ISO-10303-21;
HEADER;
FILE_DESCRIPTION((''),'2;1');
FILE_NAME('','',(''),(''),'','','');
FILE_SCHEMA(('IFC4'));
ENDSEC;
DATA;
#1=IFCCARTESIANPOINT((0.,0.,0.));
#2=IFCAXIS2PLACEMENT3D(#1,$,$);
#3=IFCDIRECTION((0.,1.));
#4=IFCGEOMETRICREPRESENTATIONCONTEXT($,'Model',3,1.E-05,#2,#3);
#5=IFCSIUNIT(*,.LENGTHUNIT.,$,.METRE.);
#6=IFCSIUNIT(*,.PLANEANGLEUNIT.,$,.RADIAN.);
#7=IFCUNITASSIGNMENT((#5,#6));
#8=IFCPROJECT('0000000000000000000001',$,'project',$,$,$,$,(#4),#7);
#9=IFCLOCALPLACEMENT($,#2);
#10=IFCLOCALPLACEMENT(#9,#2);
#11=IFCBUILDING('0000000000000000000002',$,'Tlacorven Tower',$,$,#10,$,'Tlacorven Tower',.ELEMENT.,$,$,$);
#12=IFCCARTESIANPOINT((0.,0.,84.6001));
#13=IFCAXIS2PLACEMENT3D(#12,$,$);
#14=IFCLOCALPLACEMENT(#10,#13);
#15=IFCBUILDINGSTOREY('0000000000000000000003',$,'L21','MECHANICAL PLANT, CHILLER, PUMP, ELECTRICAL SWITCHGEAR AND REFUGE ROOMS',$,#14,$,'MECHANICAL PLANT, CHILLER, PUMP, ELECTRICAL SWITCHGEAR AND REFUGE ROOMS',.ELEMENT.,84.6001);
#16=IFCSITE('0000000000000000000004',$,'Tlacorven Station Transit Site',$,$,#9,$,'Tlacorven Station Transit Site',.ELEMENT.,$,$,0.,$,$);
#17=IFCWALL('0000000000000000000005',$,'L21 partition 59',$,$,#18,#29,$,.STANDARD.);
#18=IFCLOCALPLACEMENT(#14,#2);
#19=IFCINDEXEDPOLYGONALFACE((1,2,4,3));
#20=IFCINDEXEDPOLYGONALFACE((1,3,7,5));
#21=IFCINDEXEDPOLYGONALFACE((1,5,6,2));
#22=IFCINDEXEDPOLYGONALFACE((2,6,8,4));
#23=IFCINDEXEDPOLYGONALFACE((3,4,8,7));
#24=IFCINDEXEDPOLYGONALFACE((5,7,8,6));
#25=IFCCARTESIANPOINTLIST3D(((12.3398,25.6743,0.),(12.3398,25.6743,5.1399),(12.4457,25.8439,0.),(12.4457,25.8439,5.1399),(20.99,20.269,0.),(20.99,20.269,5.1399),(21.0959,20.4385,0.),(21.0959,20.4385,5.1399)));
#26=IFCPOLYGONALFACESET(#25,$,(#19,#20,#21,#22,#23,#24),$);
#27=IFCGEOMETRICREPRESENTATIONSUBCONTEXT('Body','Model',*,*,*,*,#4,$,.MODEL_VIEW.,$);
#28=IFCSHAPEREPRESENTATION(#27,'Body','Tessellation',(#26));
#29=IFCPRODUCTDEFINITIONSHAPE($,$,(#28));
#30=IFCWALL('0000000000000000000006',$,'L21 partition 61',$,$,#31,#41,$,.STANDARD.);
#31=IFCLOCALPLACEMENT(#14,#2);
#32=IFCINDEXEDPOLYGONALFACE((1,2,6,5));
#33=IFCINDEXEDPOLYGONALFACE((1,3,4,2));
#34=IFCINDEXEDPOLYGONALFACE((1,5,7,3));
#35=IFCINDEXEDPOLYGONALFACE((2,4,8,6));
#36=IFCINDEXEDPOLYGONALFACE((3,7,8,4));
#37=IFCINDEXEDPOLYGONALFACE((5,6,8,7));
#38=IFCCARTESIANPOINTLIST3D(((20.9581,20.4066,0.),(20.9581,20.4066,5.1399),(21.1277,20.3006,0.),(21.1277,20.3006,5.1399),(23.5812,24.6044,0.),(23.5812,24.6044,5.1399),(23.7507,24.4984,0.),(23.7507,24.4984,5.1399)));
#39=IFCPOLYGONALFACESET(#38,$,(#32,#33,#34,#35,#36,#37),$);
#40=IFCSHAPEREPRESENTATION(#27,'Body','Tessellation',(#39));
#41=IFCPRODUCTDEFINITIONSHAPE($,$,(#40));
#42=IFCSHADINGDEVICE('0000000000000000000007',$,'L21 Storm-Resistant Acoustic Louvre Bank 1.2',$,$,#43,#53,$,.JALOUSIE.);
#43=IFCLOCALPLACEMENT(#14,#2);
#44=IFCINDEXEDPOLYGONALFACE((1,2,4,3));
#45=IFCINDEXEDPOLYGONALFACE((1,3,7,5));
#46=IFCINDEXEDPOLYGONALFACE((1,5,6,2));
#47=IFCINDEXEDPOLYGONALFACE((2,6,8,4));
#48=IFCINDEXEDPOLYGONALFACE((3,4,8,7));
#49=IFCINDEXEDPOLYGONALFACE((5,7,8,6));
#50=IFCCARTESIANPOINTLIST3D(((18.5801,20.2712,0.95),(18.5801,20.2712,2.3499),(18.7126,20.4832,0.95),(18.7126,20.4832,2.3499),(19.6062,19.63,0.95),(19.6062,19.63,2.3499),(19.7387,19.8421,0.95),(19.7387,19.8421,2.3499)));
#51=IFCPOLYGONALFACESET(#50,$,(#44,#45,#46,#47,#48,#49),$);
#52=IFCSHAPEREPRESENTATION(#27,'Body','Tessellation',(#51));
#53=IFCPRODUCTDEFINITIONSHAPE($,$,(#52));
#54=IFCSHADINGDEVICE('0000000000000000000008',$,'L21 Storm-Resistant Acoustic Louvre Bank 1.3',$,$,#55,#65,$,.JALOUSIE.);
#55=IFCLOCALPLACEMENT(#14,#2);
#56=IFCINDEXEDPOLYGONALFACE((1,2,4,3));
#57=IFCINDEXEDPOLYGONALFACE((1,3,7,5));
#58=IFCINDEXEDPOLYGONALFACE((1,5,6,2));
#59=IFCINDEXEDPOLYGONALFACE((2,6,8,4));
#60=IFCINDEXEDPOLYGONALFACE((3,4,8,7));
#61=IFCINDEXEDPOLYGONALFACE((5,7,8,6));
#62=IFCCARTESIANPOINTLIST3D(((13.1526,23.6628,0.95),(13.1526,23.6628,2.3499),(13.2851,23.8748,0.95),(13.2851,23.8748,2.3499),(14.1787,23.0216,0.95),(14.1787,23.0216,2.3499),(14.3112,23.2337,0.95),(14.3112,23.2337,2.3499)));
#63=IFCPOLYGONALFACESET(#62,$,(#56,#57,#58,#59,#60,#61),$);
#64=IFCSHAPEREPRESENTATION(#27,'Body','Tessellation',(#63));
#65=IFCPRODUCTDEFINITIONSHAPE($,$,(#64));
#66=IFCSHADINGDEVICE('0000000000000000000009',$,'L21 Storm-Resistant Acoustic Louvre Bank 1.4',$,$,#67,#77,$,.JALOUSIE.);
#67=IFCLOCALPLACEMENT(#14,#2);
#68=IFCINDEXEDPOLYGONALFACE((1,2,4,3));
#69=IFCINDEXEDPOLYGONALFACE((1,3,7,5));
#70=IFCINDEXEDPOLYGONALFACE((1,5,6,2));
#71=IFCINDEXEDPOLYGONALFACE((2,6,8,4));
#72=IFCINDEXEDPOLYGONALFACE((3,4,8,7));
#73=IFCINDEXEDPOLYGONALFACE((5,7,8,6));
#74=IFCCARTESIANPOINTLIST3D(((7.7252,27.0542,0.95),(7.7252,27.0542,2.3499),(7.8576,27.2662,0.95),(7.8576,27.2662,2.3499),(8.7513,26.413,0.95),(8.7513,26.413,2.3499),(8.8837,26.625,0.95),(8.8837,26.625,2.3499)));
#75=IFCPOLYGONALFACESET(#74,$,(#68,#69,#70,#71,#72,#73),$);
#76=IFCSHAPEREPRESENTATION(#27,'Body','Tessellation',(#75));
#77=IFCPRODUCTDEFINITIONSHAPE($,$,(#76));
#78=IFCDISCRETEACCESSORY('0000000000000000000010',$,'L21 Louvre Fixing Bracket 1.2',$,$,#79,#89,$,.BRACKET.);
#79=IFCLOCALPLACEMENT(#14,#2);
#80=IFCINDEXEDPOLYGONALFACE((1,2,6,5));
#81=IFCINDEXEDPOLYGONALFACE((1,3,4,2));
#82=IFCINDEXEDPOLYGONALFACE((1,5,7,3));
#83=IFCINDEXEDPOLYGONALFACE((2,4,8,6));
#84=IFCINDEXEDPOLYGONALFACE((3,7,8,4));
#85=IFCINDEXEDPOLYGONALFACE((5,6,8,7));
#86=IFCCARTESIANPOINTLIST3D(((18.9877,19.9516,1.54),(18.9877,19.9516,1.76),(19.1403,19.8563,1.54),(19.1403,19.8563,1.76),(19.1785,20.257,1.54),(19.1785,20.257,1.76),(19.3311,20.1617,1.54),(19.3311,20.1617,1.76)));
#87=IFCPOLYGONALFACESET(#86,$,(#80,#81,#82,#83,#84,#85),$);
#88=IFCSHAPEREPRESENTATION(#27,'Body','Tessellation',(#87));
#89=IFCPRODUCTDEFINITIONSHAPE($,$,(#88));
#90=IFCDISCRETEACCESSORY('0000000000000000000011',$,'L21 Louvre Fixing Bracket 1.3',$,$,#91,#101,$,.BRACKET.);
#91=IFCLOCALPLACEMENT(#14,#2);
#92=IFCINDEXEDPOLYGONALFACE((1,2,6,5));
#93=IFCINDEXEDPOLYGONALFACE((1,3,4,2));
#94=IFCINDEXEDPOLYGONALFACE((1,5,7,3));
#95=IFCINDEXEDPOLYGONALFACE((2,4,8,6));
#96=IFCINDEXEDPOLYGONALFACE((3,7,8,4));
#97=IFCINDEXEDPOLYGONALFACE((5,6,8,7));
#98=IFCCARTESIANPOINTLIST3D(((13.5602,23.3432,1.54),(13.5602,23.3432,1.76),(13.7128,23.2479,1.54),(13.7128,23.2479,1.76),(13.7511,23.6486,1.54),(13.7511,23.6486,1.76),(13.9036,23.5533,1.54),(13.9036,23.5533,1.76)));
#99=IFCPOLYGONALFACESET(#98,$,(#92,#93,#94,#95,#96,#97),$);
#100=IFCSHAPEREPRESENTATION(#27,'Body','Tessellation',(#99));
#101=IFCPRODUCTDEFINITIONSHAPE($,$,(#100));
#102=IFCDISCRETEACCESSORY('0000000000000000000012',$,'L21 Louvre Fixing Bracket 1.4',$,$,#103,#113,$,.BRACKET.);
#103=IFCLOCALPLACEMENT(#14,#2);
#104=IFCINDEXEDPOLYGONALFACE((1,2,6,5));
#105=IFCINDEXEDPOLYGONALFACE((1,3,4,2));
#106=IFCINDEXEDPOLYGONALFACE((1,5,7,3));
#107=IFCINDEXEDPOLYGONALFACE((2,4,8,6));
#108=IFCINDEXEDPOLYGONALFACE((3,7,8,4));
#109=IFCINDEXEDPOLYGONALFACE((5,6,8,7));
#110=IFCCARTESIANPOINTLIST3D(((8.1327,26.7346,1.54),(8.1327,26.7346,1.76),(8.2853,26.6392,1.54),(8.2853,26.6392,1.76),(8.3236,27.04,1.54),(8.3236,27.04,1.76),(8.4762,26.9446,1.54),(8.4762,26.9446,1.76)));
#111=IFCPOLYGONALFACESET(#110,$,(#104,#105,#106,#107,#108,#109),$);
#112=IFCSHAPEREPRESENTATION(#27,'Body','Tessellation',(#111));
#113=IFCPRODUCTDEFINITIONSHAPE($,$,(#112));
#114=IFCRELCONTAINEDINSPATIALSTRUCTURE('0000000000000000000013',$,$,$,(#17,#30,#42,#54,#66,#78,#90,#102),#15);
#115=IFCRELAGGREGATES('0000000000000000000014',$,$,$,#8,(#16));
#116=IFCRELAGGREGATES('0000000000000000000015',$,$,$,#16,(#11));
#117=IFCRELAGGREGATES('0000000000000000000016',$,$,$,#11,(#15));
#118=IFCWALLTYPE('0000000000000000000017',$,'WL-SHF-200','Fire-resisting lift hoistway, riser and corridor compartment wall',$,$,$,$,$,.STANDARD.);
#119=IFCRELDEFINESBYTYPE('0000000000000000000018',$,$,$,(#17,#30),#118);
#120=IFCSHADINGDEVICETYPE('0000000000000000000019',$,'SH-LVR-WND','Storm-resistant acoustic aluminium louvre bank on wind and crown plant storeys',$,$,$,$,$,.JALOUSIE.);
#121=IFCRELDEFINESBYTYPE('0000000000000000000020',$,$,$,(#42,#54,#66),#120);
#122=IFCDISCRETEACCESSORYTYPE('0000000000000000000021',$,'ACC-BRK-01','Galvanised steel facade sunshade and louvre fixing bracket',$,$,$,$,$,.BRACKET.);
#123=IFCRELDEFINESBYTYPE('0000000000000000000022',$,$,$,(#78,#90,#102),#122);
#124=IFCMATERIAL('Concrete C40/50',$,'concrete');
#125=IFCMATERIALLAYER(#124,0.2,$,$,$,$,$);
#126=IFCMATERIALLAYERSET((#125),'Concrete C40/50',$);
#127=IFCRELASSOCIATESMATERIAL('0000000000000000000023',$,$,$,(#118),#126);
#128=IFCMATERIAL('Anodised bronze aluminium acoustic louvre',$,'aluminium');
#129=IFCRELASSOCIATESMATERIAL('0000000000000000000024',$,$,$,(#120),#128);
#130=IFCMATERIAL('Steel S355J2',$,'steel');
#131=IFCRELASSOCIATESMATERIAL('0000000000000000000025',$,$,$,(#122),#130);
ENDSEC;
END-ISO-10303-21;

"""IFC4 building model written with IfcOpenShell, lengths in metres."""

from ifc_helpers import new_model, si_unit, direction, frame, frame_2d, origin, origin_2d, place, context, subcontext, project, spatial, rectangle, extrude, source, transform, mapped, material, layer, layer_set, type_object, element, save


model = new_model("IFC4")

# Units and contexts
model_context = context("Model", 3, precision=1e-05, world=origin(), true_north=direction((0.0, 1.0)))
body_context = subcontext(model_context, "Body", "Model", "MODEL_VIEW")
ifc_project = project(units=[si_unit("LENGTHUNIT", "METRE"), si_unit("PLANEANGLEUNIT", "RADIAN")], contexts=[model_context])

# Site, building, storey
site_placement = place(None, origin())
site = spatial("IfcSite", under=ifc_project, at=site_placement, Name="Tlacorven Station Transit Site", LongName="Tlacorven Station Transit Site", CompositionType="ELEMENT", RefElevation=0.0)
building_placement = place(site_placement, origin())
building = spatial("IfcBuilding", under=site, at=building_placement, Name="Tlacorven Tower", LongName="Tlacorven Tower", CompositionType="ELEMENT")
storey_placement = place(building_placement, frame((0.0, 0.0, 84.6001)))
storey = spatial("IfcBuildingStorey", under=building, at=storey_placement, Name="L21", Description="MECHANICAL PLANT, CHILLER, PUMP, ELECTRICAL SWITCHGEAR AND REFUGE ROOMS", LongName="MECHANICAL PLANT, CHILLER, PUMP, ELECTRICAL SWITCHGEAR AND REFUGE ROOMS", CompositionType="ELEMENT", Elevation=84.6001)

# Shared definitions
ifc_material_1 = material(Name="Steel S355J2", Category="steel")

# Shared definitions
ifc_material_2 = material(Name="Concrete C40/50", Category="concrete")

# Shared definitions
ifc_layer_1 = layer(ifc_material_2, 0.2)
ifc_layer_set_1 = layer_set([ifc_layer_1], Name="Concrete C40/50")
wall_type = type_object("IfcWallType", Name="WL-SHF-200", Description="Fire-resisting lift hoistway, riser and corridor compartment wall", PredefinedType="STANDARD", material=ifc_layer_set_1)

# Walls
wall_1_placement = place(storey_placement, frame((21.043, 20.3538, 0.0), z_axis=(0.0, 0.0, 1.0), x_axis=(-0.848045, 0.529924, 0.0)))
element("IfcWall", 1, at=wall_1_placement, inside=storey, type_object=wall_type, Name="L21 partition 59", PredefinedType="STANDARD", context=body_context, shape_type="SweptSolid", body=[
    extrude(rectangle(XDim=10.2002, YDim=0.2, at=frame_2d((5.1001, 0.0))), origin(), (0.0, 0.0, 1.0), 5.1399),
])
wall_2_placement = place(storey_placement, frame((23.666, 24.5515, 0.0), z_axis=(0.0, 0.0, 1.0), x_axis=(-0.529919, -0.848048, 0.0)))
element("IfcWall", 2, at=wall_2_placement, inside=storey, type_object=wall_type, Name="L21 partition 61", PredefinedType="STANDARD", context=body_context, shape_type="SweptSolid", body=[
    extrude(rectangle(XDim=4.95, YDim=0.2, at=frame_2d((2.4751, 0.0))), origin(), (0.0, 0.0, 1.0), 5.1399),
])

# Shading devices
ifc_material_3 = material(Name="Anodised bronze aluminium acoustic louvre", Category="aluminium")
shading_device_type = type_object("IfcShadingDeviceType", Name="SH-LVR-WND", Description="Storm-resistant acoustic aluminium louvre bank on wind and crown plant storeys", PredefinedType="JALOUSIE", material=ifc_material_3)
shared_shape_1 = source(origin(), body_context, "Body", "SweptSolid", [
    extrude(rectangle(XDim=1.21, YDim=0.25, at=origin_2d()), origin(), (0.0, 0.0, 1.0), 1.3999),
])
for number, where, z_axis, x_axis, name in (
    (3, (19.1594, 20.0566, 0.95), (0.0, 0.0, 1.0), (-0.848048, 0.529919, 0.0), "L21 Storm-Resistant Acoustic Louvre Bank 1.2"),
    (4, (13.7319, 23.4482, 0.95), (0.0, 0.0, 1.0), (-0.848048, 0.529919, 0.0), "L21 Storm-Resistant Acoustic Louvre Bank 1.3"),
    (5, (8.3044, 26.8396, 0.95), (0.0, 0.0, 1.0), (-0.848048, 0.529919, 0.0), "L21 Storm-Resistant Acoustic Louvre Bank 1.4"),
):
    element("IfcShadingDevice", number, at=place(storey_placement, frame(where, z_axis=z_axis, x_axis=x_axis)), inside=storey, type_object=shading_device_type, Name=name, PredefinedType="JALOUSIE", context=body_context, shape_type="MappedRepresentation", body=[
        mapped(shared_shape_1, transform((0.0, 0.0, 0.0), scale=1.0)),
    ])

# Discrete accessories
discrete_accessory_type = type_object("IfcDiscreteAccessoryType", Name="ACC-BRK-01", Description="Galvanised steel facade sunshade and louvre fixing bracket", PredefinedType="BRACKET", material=ifc_material_1)
shared_shape_2 = source(origin(), body_context, "Body", "SweptSolid", [
    extrude(rectangle(XDim=0.1799, YDim=0.3601, at=origin_2d()), origin(), (0.0, 0.0, 1.0), 0.22),
])
for number, where, z_axis, x_axis, name in (
    (6, (19.1594, 20.0566, 1.54), (0.0, 0.0, 1.0), (-0.848048, 0.529919, 0.0), "L21 Louvre Fixing Bracket 1.2"),
    (7, (13.7319, 23.4482, 1.54), (0.0, 0.0, 1.0), (-0.848048, 0.529919, 0.0), "L21 Louvre Fixing Bracket 1.3"),
    (8, (8.3044, 26.8396, 1.54), (0.0, 0.0, 1.0), (-0.848048, 0.529919, 0.0), "L21 Louvre Fixing Bracket 1.4"),
):
    element("IfcDiscreteAccessory", number, at=place(storey_placement, frame(where, z_axis=z_axis, x_axis=x_axis)), inside=storey, type_object=discrete_accessory_type, Name=name, PredefinedType="BRACKET", context=body_context, shape_type="MappedRepresentation", body=[
        mapped(shared_shape_2, transform((0.0, 0.0, 0.0), scale=1.0)),
    ])

save(model, "model.ifc")
